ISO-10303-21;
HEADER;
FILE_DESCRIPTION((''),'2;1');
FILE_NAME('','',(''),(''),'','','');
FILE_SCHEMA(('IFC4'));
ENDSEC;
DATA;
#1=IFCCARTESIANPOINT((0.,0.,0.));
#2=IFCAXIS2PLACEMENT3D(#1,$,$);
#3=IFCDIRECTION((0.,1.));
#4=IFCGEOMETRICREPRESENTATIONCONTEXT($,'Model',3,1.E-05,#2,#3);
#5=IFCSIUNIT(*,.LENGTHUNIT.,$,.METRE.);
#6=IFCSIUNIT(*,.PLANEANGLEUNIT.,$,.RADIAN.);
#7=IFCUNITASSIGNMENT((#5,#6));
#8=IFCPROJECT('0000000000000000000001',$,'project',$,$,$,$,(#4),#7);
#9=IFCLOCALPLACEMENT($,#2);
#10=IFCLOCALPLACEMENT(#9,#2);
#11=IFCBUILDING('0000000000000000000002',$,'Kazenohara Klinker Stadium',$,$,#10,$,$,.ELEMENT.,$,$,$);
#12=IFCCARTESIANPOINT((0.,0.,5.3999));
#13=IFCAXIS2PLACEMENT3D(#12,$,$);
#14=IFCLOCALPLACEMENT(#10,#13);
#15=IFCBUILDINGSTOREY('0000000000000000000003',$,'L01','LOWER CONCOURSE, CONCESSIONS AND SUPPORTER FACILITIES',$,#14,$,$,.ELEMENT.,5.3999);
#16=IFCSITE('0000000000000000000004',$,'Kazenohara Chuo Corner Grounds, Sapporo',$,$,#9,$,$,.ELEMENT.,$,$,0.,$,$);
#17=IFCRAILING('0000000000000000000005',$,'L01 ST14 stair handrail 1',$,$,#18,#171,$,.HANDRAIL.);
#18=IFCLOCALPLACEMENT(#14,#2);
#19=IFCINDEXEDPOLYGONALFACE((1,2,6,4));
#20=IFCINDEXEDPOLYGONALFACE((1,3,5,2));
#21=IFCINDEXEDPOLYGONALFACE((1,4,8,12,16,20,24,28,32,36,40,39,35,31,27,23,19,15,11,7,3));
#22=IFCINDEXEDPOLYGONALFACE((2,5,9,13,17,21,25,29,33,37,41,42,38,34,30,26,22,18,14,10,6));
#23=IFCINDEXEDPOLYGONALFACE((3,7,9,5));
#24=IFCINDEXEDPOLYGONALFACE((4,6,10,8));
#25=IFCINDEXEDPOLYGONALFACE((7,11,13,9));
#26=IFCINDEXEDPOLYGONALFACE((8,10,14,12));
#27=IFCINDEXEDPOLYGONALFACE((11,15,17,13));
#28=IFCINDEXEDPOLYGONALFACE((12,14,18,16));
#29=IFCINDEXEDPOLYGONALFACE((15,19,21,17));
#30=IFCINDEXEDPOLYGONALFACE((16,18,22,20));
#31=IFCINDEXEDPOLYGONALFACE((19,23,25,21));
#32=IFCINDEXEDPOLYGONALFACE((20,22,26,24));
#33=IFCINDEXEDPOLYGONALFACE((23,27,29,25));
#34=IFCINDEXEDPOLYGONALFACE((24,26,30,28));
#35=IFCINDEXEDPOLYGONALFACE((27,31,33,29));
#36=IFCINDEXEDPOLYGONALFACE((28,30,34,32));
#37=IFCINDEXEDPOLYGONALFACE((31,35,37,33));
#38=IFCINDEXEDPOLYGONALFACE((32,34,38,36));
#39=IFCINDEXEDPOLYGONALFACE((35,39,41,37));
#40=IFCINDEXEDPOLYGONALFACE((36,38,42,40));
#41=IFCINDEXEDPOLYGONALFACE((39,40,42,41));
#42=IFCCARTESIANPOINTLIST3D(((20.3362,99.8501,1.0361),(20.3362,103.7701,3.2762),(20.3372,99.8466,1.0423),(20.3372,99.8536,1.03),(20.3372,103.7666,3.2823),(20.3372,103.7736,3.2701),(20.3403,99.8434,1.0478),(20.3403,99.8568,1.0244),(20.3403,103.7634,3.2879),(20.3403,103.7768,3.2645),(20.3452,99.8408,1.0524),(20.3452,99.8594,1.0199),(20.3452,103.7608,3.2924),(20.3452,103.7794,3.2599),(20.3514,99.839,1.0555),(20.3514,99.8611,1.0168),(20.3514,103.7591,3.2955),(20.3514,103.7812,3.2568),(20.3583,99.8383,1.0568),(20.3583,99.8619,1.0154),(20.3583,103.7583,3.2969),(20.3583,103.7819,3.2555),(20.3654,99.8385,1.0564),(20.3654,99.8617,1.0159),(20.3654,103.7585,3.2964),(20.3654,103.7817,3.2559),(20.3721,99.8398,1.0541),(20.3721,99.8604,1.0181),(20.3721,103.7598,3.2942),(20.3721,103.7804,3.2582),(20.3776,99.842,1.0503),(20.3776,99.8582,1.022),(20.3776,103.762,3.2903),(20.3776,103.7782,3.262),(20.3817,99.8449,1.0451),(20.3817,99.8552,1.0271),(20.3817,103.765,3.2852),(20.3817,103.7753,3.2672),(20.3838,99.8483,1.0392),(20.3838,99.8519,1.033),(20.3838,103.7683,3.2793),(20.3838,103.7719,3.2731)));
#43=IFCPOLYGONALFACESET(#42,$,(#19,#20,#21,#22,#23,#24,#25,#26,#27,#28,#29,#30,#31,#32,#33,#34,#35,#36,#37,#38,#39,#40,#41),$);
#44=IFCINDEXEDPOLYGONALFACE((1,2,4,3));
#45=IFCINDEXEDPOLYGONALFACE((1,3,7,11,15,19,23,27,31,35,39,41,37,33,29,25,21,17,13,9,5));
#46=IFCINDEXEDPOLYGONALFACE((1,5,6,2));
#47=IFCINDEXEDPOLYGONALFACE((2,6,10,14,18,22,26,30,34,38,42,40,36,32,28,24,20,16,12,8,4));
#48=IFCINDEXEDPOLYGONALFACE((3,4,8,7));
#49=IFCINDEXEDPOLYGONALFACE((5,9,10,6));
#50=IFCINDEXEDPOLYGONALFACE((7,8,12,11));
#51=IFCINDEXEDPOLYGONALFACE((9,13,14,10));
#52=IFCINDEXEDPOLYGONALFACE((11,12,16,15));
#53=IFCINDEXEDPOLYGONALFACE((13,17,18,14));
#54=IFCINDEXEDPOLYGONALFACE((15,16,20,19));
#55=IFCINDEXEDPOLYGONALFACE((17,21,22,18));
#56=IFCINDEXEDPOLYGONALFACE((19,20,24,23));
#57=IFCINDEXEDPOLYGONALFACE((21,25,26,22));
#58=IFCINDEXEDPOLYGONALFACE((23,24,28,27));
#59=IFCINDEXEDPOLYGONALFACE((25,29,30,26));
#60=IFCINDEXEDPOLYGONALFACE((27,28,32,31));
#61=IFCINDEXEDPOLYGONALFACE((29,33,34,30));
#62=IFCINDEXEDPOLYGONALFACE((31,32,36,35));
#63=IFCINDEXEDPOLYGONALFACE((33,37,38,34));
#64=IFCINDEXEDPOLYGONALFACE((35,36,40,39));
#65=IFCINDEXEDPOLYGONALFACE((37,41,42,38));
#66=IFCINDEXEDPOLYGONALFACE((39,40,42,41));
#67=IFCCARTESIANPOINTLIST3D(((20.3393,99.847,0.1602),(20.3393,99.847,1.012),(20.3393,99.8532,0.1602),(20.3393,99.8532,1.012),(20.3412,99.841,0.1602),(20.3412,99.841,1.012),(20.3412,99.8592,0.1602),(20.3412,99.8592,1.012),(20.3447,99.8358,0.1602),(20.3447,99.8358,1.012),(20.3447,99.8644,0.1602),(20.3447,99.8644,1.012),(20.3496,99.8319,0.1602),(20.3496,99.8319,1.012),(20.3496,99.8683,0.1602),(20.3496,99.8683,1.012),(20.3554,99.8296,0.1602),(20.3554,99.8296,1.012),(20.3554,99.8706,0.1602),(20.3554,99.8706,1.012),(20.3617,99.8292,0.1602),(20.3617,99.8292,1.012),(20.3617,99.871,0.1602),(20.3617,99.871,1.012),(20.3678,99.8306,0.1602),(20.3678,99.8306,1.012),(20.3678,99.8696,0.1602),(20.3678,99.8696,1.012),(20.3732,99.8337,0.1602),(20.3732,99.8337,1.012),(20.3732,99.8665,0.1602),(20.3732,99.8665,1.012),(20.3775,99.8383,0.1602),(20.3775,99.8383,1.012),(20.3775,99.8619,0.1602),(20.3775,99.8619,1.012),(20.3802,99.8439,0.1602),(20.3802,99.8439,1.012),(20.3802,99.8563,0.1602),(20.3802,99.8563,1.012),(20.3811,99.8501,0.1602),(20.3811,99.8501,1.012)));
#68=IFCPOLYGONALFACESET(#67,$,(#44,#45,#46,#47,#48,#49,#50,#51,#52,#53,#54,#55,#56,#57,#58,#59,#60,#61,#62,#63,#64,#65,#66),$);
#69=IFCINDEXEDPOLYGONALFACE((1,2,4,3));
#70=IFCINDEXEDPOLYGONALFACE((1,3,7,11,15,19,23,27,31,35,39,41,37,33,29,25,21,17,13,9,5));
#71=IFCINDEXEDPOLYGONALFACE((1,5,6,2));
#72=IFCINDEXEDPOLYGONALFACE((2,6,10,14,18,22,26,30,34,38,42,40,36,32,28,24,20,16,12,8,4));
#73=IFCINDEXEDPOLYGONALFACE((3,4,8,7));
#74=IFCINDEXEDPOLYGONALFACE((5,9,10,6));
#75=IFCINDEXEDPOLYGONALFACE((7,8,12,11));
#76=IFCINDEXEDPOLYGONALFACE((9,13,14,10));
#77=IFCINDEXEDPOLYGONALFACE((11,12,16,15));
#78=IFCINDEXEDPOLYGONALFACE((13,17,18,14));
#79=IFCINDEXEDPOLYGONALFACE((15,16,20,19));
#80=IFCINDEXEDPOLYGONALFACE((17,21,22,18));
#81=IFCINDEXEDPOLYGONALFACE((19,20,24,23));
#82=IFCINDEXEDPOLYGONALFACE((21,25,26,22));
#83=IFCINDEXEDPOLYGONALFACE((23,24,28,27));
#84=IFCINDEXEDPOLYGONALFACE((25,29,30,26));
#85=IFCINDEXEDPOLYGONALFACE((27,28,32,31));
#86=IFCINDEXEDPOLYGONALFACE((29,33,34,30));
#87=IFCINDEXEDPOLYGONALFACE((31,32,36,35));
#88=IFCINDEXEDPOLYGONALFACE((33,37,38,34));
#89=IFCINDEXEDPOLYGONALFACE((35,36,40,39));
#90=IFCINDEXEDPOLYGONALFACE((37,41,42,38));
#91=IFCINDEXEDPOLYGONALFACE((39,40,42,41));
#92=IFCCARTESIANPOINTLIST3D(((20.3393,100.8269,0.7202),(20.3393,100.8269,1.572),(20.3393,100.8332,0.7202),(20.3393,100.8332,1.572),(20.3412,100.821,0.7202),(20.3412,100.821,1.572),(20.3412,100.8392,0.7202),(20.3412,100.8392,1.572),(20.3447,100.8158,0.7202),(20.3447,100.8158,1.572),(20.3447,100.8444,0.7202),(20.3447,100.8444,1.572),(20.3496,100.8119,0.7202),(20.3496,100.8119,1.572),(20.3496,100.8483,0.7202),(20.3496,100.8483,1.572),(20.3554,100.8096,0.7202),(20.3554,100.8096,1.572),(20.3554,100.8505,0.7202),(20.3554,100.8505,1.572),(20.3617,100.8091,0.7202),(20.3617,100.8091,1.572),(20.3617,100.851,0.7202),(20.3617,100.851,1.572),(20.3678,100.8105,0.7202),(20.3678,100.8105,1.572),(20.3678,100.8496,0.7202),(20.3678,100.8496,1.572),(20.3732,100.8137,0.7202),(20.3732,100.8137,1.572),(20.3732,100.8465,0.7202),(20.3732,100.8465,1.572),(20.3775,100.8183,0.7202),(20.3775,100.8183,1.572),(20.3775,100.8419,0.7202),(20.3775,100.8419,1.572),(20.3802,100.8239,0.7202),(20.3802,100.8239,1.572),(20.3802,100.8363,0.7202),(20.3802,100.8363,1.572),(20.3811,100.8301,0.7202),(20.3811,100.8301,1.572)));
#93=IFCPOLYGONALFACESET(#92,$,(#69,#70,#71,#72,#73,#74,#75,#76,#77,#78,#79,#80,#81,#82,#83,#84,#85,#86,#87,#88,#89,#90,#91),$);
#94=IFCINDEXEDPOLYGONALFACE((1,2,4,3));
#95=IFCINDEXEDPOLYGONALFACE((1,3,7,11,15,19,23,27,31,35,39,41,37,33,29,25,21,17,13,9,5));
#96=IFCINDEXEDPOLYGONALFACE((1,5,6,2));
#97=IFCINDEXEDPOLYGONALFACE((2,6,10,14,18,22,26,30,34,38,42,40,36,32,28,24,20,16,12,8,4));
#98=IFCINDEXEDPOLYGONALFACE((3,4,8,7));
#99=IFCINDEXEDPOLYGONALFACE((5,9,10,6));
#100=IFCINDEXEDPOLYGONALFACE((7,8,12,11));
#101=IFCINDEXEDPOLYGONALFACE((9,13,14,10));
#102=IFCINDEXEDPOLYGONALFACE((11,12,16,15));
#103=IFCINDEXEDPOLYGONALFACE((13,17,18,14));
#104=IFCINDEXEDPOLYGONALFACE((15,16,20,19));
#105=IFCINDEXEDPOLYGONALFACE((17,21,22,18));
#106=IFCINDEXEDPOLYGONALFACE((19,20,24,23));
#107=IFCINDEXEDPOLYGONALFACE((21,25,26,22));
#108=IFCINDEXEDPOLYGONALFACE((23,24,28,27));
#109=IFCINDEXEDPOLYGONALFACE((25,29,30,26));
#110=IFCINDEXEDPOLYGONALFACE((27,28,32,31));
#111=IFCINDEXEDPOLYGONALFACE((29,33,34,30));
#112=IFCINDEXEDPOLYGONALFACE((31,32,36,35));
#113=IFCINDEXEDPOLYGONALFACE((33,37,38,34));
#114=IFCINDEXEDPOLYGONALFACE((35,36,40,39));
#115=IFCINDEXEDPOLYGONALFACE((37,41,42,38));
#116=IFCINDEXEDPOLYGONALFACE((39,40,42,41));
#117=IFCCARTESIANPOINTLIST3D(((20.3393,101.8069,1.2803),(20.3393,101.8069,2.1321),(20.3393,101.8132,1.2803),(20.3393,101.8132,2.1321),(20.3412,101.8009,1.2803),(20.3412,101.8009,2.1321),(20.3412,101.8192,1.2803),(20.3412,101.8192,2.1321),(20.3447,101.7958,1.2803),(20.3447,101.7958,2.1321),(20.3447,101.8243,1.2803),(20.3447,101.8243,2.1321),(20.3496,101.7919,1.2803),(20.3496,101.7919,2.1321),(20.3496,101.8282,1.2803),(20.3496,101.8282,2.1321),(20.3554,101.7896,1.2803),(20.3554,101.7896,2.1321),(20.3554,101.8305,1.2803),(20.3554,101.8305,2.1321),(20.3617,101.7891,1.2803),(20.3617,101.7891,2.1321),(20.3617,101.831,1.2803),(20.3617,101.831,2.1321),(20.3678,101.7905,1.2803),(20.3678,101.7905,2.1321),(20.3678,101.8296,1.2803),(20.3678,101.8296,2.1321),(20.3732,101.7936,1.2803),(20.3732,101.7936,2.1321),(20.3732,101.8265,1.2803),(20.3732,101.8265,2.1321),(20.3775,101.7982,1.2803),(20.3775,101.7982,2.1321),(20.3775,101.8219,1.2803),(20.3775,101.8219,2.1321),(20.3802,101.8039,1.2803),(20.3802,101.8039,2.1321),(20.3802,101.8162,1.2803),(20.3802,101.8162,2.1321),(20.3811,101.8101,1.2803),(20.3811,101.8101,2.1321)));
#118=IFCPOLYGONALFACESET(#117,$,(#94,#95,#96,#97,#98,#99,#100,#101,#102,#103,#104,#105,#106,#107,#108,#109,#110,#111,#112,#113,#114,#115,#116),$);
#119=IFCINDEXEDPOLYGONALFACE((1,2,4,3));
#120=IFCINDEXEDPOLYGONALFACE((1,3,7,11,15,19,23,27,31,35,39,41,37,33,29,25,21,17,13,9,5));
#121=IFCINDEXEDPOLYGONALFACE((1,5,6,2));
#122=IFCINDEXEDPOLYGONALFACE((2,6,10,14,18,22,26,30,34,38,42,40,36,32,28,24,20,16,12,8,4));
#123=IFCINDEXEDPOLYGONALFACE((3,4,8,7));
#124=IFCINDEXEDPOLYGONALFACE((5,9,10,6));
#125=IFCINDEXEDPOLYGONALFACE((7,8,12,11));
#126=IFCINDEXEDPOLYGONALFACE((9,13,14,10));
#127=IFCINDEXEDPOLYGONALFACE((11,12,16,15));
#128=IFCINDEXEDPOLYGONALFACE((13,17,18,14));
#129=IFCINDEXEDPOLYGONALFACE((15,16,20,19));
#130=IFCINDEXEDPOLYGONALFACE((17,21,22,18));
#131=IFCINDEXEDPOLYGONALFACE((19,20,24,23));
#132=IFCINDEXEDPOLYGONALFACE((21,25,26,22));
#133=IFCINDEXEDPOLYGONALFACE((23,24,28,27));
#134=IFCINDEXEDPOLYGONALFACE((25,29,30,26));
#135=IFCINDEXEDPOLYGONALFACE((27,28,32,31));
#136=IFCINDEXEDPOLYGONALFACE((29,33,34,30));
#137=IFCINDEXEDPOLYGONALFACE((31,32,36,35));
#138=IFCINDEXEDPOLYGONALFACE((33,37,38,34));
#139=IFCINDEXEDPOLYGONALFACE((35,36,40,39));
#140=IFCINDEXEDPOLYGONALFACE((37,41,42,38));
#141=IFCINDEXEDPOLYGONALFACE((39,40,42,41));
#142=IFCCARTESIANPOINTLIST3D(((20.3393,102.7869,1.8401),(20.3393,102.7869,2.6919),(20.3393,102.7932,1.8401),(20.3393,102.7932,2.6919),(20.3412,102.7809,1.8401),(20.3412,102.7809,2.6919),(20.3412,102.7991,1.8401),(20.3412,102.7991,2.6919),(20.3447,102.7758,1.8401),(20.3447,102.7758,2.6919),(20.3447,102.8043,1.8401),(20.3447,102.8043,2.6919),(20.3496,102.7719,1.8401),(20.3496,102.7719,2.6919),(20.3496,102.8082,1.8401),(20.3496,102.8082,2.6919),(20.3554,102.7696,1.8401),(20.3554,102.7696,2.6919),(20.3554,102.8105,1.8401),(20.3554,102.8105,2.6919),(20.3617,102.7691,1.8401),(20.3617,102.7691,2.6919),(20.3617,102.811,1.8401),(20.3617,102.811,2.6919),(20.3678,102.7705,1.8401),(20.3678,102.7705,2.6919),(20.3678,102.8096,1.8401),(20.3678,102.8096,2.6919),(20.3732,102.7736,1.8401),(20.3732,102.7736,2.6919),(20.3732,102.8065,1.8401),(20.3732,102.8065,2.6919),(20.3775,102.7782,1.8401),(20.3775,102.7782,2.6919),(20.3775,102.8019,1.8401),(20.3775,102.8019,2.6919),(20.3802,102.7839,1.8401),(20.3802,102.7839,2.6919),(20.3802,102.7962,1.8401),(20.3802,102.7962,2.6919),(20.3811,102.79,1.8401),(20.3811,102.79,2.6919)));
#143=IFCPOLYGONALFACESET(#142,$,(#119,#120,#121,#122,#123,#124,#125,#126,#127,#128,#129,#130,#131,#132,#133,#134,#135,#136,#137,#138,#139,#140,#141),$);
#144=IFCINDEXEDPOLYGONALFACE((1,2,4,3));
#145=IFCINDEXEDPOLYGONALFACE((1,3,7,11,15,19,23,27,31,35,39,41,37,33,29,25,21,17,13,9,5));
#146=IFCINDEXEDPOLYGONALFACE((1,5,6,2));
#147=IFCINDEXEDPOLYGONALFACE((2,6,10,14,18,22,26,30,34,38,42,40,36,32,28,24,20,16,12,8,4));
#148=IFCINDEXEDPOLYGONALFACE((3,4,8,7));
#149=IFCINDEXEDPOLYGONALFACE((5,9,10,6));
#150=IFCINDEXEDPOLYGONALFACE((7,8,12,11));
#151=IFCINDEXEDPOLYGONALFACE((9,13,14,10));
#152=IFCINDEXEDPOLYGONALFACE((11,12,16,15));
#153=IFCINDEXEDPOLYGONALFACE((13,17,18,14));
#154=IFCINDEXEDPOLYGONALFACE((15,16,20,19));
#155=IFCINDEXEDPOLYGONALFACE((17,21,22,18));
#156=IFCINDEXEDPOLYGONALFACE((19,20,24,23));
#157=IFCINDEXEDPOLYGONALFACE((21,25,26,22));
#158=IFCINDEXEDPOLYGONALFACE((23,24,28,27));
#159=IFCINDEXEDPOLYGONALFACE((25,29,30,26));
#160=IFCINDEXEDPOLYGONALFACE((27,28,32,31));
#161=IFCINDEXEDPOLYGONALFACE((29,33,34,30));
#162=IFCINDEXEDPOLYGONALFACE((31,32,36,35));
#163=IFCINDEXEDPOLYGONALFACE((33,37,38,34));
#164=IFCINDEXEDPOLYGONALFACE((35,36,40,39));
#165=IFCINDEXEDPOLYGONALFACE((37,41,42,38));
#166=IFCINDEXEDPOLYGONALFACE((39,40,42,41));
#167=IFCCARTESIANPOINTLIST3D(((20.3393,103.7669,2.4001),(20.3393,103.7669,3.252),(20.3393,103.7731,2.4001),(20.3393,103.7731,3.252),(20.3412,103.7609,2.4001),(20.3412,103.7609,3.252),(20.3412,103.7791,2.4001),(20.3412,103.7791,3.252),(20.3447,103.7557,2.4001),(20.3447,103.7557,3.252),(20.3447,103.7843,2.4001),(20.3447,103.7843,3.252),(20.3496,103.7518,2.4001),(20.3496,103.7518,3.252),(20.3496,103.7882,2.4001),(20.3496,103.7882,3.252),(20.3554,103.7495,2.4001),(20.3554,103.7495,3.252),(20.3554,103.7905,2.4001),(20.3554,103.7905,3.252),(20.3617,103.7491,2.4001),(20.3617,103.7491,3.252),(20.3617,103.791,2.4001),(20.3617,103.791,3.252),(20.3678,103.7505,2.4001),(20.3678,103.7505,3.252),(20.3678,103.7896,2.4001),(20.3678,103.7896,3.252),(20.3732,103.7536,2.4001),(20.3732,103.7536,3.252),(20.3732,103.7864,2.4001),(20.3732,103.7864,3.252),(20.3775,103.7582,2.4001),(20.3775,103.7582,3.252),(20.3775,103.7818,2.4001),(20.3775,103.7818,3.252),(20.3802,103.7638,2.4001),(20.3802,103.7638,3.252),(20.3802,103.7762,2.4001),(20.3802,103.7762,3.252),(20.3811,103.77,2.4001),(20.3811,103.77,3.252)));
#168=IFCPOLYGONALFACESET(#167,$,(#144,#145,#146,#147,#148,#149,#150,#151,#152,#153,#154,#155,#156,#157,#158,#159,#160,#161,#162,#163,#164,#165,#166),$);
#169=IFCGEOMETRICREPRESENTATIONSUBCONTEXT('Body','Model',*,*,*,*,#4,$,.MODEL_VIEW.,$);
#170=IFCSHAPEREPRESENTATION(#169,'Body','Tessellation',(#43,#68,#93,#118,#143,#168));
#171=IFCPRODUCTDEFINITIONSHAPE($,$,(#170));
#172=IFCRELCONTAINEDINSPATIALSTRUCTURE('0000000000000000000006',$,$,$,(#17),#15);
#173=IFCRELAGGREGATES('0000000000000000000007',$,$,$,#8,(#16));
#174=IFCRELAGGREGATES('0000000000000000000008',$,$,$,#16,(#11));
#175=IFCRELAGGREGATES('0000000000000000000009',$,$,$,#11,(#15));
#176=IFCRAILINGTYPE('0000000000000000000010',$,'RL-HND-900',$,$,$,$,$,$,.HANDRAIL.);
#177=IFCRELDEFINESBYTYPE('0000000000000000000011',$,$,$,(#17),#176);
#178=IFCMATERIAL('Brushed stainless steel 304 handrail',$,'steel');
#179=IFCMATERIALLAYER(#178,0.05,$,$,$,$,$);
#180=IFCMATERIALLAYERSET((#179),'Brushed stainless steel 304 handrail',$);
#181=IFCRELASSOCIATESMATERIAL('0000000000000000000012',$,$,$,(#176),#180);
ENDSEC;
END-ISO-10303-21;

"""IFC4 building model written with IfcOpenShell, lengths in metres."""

from ifc_helpers import new_model, si_unit, direction, frame, origin, origin_2d, place, context, subcontext, project, spatial, circle, extrude, material, layer, layer_set, type_object, element, save


model = new_model("IFC4")

# Units and contexts
model_context = context("Model", 3, precision=1e-05, world=origin(), true_north=direction((0.0, 1.0)))
body_context = subcontext(model_context, "Body", "Model", "MODEL_VIEW")
ifc_project = project(units=[si_unit("LENGTHUNIT", "METRE"), si_unit("PLANEANGLEUNIT", "RADIAN")], contexts=[model_context])

# Site, building, storey
site_placement = place(None, origin())
site = spatial("IfcSite", under=ifc_project, at=site_placement, Name="Kazenohara Chuo Corner Grounds, Sapporo", CompositionType="ELEMENT", RefElevation=0.0)
building_placement = place(site_placement, origin())
building = spatial("IfcBuilding", under=site, at=building_placement, Name="Kazenohara Klinker Stadium", CompositionType="ELEMENT")
storey_placement = place(building_placement, frame((0.0, 0.0, 5.3999)))
storey = spatial("IfcBuildingStorey", under=building, at=storey_placement, Name="L01", Description="LOWER CONCOURSE, CONCESSIONS AND SUPPORTER FACILITIES", CompositionType="ELEMENT", Elevation=5.3999)

# Railing
ifc_material_1 = material(Name="Brushed stainless steel 304 handrail", Category="steel")
ifc_layer_1 = layer(ifc_material_1, 0.05)
ifc_layer_set_1 = layer_set([ifc_layer_1], Name="Brushed stainless steel 304 handrail")
railing_type_1 = type_object("IfcRailingType", Name="RL-HND-900", PredefinedType="HANDRAIL", material=ifc_layer_set_1)
railing_1_placement = place(storey_placement, frame((20.3601, 99.8501, 0.1602)))
element("IfcRailing", 1, at=railing_1_placement, inside=storey, type_object=railing_type_1, Name="L01 ST14 stair handrail 1", PredefinedType="HANDRAIL", context=body_context, shape_type="SweptSolid", body=[
    extrude(circle(Radius=0.0239, at=origin_2d()), frame((0.0, 0.0, 0.876), z_axis=(0.0, 0.86824, 0.496145), x_axis=(-1.0, 0.0, 0.0)), (0.0, 0.0, 1.0), 4.5149),
    extrude(circle(Radius=0.021, at=origin_2d()), origin(), (0.0, 0.0, 1.0), 0.8518),
    extrude(circle(Radius=0.021, at=origin_2d()), frame((0.0, 0.98, 0.5601)), (0.0, 0.0, 1.0), 0.8518),
    extrude(circle(Radius=0.021, at=origin_2d()), frame((0.0, 1.96, 1.1201)), (0.0, 0.0, 1.0), 0.8518),
    extrude(circle(Radius=0.021, at=origin_2d()), frame((0.0, 2.9399, 1.6799)), (0.0, 0.0, 1.0), 0.8518),
    extrude(circle(Radius=0.021, at=origin_2d()), frame((0.0, 3.9199, 2.24)), (0.0, 0.0, 1.0), 0.8518),
])

save(model, "model.ifc")
